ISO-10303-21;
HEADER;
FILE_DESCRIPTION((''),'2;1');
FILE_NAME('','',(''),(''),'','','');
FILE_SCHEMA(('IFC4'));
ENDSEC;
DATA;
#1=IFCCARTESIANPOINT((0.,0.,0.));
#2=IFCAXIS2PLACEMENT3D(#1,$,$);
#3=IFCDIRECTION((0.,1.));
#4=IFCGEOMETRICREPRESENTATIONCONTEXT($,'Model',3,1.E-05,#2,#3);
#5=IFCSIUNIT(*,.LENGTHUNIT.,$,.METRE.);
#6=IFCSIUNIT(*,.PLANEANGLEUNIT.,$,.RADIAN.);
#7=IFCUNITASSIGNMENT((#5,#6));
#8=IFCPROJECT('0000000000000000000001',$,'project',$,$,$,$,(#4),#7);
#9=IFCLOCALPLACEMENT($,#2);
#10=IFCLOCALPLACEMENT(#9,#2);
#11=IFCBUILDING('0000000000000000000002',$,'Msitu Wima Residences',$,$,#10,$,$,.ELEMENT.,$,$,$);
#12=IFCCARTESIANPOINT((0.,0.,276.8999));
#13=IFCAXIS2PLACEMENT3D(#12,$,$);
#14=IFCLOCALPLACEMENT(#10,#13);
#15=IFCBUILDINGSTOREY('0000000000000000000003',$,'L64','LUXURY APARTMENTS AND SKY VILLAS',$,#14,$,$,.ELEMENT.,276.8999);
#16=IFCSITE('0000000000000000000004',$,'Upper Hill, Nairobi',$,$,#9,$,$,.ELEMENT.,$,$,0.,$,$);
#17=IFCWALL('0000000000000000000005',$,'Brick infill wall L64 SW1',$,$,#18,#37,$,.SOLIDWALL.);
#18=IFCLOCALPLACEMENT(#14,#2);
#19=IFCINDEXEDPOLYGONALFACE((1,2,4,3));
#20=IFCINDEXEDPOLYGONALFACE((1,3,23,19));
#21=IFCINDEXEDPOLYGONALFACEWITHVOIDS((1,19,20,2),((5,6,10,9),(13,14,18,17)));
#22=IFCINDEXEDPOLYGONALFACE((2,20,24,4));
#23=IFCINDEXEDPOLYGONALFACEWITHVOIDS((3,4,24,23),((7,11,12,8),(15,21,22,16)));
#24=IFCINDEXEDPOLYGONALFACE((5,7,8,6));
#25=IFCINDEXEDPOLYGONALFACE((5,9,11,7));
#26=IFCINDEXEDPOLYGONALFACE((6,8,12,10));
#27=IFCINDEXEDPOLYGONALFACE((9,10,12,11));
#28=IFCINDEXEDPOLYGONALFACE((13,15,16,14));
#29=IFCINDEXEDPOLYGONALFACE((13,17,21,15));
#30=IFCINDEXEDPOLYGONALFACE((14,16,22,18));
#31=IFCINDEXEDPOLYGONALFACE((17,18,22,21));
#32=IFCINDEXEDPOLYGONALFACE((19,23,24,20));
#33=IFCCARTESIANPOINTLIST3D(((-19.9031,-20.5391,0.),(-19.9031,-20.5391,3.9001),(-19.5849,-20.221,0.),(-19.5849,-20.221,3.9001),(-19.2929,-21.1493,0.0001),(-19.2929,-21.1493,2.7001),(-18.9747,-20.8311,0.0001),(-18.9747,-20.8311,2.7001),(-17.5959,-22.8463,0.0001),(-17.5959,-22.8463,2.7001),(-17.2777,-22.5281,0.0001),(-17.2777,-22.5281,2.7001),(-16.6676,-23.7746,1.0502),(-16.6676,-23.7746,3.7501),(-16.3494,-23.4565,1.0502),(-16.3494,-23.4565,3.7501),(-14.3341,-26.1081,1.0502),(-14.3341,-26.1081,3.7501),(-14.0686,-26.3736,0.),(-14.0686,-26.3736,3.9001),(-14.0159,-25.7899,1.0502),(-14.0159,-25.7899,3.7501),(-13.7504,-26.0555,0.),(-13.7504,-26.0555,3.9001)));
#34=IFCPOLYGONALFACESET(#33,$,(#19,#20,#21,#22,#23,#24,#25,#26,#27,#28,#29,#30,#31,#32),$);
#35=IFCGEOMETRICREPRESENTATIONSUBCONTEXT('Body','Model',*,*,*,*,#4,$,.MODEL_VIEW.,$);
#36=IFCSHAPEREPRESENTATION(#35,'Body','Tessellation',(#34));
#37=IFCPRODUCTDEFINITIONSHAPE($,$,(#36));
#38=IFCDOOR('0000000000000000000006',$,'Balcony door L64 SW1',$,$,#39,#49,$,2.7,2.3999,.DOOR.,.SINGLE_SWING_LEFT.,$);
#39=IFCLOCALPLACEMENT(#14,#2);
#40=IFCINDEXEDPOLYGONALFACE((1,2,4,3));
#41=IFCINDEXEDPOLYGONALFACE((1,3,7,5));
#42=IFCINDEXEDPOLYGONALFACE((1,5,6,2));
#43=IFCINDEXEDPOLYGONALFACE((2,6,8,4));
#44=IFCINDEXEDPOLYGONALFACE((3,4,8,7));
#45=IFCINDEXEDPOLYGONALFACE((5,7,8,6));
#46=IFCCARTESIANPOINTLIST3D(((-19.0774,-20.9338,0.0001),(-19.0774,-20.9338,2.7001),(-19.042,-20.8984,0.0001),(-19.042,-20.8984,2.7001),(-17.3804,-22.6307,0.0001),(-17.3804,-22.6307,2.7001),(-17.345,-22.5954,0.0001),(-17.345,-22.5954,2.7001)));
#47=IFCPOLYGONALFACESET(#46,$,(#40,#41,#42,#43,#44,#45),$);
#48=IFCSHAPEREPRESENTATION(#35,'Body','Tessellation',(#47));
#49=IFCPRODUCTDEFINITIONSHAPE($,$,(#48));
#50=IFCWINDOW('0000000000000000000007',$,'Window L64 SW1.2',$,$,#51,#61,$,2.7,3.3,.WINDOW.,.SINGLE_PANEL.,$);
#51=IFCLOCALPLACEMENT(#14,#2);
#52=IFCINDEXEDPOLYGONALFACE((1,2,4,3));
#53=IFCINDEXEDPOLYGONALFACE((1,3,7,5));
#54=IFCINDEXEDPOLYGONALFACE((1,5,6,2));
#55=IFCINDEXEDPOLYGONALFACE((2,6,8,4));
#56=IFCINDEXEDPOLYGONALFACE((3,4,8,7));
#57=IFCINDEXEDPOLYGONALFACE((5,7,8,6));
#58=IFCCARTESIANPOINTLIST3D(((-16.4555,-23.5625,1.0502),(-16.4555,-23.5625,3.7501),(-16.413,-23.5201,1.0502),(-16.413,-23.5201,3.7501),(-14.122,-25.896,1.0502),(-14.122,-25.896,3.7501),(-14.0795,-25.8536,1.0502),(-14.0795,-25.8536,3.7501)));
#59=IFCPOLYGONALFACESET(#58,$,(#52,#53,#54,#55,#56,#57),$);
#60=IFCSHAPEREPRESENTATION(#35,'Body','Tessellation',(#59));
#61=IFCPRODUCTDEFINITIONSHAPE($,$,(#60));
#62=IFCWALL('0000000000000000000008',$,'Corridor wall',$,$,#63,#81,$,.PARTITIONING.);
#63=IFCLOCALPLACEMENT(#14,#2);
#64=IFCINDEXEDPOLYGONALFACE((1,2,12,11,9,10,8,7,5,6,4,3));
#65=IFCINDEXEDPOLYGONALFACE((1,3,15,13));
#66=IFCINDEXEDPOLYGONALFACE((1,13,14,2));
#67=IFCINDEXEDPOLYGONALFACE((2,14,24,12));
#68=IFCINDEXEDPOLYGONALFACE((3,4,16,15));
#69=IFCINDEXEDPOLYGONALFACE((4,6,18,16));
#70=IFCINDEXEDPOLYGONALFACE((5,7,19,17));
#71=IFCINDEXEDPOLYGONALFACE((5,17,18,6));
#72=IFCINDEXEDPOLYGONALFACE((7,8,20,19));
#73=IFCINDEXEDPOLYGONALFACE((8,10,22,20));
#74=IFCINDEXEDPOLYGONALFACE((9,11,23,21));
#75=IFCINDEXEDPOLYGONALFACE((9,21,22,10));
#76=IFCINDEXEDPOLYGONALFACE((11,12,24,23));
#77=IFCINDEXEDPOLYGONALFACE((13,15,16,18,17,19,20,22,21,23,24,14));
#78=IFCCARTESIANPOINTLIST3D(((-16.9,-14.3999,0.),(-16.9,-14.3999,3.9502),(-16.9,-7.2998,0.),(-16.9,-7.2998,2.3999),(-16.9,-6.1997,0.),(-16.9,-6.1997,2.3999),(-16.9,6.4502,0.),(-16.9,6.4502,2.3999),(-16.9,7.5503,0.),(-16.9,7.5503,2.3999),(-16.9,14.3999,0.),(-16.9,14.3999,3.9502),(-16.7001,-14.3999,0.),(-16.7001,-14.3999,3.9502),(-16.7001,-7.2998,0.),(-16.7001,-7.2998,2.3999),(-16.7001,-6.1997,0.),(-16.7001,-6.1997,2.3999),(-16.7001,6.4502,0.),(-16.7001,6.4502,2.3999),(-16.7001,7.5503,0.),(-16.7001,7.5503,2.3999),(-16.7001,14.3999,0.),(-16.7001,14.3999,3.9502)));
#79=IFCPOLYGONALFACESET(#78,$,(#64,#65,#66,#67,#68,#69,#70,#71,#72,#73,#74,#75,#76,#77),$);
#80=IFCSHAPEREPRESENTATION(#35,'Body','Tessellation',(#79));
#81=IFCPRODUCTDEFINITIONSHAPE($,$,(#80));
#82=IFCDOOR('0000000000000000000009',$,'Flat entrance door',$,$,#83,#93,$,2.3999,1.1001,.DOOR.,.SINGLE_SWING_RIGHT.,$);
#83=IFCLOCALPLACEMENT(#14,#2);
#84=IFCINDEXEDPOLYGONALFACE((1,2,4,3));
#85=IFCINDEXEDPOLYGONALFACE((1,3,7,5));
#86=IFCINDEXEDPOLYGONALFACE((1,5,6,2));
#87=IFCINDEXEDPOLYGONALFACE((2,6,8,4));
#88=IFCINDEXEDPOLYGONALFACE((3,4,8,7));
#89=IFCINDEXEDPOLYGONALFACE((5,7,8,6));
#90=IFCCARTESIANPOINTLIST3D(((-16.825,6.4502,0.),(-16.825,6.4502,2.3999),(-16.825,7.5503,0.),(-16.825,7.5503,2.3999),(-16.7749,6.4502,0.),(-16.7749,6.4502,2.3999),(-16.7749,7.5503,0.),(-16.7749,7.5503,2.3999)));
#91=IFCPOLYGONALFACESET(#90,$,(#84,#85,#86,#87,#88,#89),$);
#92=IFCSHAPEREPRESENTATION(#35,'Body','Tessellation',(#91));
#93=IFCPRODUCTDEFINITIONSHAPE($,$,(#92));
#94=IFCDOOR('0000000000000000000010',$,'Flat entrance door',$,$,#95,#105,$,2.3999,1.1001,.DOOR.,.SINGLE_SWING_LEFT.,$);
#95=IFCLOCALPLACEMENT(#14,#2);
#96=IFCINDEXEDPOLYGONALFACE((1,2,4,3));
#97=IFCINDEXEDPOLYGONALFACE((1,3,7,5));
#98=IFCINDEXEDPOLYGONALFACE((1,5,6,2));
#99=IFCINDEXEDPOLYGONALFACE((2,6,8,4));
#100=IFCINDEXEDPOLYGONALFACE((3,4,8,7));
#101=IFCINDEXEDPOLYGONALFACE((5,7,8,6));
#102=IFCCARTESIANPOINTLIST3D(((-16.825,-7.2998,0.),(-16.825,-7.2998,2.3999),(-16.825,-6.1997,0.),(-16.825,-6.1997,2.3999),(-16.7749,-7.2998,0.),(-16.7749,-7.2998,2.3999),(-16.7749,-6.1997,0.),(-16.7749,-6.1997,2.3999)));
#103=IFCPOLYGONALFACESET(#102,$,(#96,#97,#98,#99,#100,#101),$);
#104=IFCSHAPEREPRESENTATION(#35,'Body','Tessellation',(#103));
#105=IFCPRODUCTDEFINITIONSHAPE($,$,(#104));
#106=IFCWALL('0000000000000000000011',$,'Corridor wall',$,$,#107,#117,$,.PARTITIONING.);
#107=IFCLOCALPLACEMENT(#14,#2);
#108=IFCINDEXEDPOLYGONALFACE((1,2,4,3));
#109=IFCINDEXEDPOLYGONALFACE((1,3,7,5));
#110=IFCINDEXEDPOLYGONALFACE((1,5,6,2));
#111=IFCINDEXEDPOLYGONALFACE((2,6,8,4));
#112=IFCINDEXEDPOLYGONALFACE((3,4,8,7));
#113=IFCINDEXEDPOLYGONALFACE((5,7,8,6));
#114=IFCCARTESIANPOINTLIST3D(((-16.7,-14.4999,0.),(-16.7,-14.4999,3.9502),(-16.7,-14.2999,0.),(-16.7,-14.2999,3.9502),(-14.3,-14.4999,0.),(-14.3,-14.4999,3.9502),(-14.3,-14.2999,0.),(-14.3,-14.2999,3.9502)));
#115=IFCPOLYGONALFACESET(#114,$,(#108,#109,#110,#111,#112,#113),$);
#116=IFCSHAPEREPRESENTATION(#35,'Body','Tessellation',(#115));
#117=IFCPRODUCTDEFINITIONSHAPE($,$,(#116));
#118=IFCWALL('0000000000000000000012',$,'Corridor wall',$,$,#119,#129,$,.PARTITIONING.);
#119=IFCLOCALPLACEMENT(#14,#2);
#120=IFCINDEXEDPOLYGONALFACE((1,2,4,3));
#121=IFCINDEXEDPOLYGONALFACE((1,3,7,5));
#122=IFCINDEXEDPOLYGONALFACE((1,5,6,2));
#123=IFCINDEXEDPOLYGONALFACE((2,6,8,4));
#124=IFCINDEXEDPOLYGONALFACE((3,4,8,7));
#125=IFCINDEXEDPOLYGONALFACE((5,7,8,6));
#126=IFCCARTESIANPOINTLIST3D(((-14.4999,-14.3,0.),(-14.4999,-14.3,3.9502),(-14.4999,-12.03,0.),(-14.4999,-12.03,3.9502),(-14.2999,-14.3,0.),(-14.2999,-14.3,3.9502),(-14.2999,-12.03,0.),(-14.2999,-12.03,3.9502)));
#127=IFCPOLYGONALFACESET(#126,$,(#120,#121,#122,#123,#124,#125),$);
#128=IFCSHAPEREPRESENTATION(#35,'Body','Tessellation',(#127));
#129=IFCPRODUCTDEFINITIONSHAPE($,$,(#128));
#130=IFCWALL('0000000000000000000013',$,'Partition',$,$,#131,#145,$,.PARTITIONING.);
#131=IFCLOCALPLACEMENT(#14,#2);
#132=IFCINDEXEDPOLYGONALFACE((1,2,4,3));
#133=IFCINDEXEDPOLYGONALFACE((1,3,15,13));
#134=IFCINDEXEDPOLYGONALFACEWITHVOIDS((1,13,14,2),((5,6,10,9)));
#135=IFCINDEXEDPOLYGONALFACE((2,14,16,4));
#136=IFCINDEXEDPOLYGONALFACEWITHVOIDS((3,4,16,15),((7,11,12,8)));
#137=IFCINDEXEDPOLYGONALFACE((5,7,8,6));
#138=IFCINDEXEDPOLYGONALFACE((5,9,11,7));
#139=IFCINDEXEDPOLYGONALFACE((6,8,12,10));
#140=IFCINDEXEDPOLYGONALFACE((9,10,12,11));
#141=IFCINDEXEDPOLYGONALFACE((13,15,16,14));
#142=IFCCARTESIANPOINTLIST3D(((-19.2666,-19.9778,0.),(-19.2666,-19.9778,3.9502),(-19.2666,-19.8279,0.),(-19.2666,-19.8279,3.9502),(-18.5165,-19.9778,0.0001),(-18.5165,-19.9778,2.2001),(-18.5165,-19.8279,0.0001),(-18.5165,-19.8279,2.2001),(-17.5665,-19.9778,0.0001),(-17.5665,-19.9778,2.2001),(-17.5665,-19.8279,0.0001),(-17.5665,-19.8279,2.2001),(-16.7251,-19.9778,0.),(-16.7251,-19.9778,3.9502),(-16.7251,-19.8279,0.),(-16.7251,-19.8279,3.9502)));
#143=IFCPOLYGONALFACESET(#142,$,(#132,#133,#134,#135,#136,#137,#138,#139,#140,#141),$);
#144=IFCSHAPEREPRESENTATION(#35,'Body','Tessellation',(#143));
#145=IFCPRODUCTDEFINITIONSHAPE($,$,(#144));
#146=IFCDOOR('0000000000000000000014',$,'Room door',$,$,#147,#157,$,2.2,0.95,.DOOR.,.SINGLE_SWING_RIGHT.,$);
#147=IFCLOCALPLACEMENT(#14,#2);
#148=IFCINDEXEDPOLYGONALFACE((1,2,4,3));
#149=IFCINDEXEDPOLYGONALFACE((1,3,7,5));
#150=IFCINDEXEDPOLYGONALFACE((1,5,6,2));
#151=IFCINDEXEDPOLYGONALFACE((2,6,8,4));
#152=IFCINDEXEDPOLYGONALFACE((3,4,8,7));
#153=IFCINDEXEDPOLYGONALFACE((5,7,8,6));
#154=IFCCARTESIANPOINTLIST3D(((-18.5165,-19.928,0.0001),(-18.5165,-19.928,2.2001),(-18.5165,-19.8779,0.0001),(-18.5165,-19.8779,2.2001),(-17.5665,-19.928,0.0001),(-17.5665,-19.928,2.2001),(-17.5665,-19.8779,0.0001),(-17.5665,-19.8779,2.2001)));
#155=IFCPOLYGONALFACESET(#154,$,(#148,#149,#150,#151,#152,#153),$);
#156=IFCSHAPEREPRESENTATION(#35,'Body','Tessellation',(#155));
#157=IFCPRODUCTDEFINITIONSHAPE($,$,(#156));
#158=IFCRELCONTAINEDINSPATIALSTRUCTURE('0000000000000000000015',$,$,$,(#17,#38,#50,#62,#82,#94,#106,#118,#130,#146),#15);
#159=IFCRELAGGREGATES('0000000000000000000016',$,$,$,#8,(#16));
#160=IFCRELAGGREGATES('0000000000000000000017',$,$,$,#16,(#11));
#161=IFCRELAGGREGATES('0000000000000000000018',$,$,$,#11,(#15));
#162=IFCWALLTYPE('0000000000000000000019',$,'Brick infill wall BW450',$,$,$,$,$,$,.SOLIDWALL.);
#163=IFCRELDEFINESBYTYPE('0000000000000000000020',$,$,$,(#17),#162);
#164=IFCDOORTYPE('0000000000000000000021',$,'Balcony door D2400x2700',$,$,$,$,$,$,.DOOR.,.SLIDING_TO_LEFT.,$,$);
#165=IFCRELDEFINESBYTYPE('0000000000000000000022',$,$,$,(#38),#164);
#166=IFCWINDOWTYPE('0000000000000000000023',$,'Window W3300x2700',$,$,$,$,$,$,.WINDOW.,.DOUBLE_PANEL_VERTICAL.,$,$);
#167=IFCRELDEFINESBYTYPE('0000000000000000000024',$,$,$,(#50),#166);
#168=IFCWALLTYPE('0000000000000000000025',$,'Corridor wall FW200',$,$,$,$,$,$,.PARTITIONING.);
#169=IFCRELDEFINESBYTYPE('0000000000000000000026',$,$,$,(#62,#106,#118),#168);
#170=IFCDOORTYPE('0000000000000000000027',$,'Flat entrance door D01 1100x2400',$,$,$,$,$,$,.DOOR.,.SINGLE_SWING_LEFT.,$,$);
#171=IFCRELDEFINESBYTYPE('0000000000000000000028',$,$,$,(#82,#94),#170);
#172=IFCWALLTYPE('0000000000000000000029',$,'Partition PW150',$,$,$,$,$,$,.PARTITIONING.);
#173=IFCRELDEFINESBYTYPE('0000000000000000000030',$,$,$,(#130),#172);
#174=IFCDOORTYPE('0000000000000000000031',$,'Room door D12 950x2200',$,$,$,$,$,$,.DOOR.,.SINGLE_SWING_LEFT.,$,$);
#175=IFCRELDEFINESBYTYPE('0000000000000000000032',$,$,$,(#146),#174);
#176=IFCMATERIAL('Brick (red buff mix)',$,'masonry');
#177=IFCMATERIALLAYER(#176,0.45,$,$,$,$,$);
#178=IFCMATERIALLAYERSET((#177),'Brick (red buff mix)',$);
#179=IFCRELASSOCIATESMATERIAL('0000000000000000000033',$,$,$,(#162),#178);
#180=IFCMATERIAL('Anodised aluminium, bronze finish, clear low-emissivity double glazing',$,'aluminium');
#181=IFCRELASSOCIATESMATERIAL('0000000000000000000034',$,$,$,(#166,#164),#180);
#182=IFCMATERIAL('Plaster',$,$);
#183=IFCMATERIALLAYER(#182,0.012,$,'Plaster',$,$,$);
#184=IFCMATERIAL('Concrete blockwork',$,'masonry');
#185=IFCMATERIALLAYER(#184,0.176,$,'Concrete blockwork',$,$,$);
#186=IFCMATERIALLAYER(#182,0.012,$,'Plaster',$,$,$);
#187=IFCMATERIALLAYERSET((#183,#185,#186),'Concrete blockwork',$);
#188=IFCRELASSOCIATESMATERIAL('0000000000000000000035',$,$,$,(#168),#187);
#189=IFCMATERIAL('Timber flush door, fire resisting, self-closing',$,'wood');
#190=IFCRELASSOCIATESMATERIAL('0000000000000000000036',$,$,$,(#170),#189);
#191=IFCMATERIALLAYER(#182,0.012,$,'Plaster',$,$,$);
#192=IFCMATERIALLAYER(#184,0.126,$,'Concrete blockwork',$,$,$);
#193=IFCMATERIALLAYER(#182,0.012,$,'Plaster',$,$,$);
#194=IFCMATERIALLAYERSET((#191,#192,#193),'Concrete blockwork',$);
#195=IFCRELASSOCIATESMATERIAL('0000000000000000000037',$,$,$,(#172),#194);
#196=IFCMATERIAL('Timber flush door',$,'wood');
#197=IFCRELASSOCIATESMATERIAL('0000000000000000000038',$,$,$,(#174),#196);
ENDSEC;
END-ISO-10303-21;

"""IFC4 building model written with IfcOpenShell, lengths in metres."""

from ifc_helpers import new_model, si_unit, direction, frame, frame_2d, origin, place, context, subcontext, project, spatial, rectangle, extrude, material, layer, layer_set, type_object, element, fill, save


model = new_model("IFC4")

# Units and contexts
model_context = context("Model", 3, precision=1e-05, world=origin(), true_north=direction((0.0, 1.0)))
body_context = subcontext(model_context, "Body", "Model", "MODEL_VIEW")
ifc_project = project(units=[si_unit("LENGTHUNIT", "METRE"), si_unit("PLANEANGLEUNIT", "RADIAN")], contexts=[model_context])

# Site, building, storey
site_placement = place(None, origin())
site = spatial("IfcSite", under=ifc_project, at=site_placement, Name="Upper Hill, Nairobi", CompositionType="ELEMENT", RefElevation=0.0)
building_placement = place(site_placement, origin())
building = spatial("IfcBuilding", under=site, at=building_placement, Name="Msitu Wima Residences", CompositionType="ELEMENT")
storey_placement = place(building_placement, frame((0.0, 0.0, 276.8999)))
storey = spatial("IfcBuildingStorey", under=building, at=storey_placement, Name="L64", Description="LUXURY APARTMENTS AND SKY VILLAS", CompositionType="ELEMENT", Elevation=276.8999)

# Shared definitions
ifc_material_1 = material(Name="Brick (red buff mix)", Category="masonry")
ifc_layer_1 = layer(ifc_material_1, 0.45)
ifc_layer_set_1 = layer_set([ifc_layer_1], Name="Brick (red buff mix)")
wall_type_1 = type_object("IfcWallType", Name="Brick infill wall BW450", PredefinedType="SOLIDWALL", material=ifc_layer_set_1)
ifc_material_2 = material(Name="Anodised aluminium, bronze finish, clear low-emissivity double glazing", Category="aluminium")
window_type = type_object("IfcWindowType", Name="Window W3300x2700", PartitioningType="DOUBLE_PANEL_VERTICAL", PredefinedType="WINDOW", material=ifc_material_2)

# Wall, openings, door, window
wall_1_placement = place(storey_placement, frame((-19.7439, -20.3801, 0.0), z_axis=(0.0, 0.0, 1.0), x_axis=(0.707107, -0.707107, 0.0)))
wall_1 = element("IfcWall", 1, at=wall_1_placement, inside=storey, type_object=wall_type_1, Name="Brick infill wall L64 SW1", PredefinedType="SOLIDWALL", context=body_context, shape_type="SweptSolid", body=[
    extrude(rectangle(XDim=8.2512, YDim=0.45, at=frame_2d((4.1255, 0.0))), origin(), (0.0, 0.0, 1.0), 3.9001),
])
opening_1_placement = place(wall_1_placement, frame((0.8628, 0.0, 0.0)))
opening_1 = element("IfcOpeningElement", 2, at=opening_1_placement, cuts=wall_1, PredefinedType="OPENING", context=body_context, shape_type="SweptSolid", body=[
    extrude(rectangle(XDim=2.3999, YDim=2.7, at=frame_2d((1.2, 1.3501))), frame((0.0, 0.2349, 0.0), z_axis=(0.0, -1.0, 0.0), x_axis=(1.0, 0.0, 0.0)), (0.0, 0.0, 1.0), 0.47),
])
opening_2_placement = place(wall_1_placement, frame((4.5757, 0.0, 1.05)))
opening_2 = element("IfcOpeningElement", 3, at=opening_2_placement, cuts=wall_1, PredefinedType="OPENING", context=body_context, shape_type="SweptSolid", body=[
    extrude(rectangle(XDim=3.3, YDim=2.7, at=frame_2d((1.6499, 1.3501))), frame((0.0, 0.2349, 0.0), z_axis=(0.0, -1.0, 0.0), x_axis=(1.0, 0.0, 0.0)), (0.0, 0.0, 1.0), 0.47),
])
door_type_1 = type_object("IfcDoorType", Name="Balcony door D2400x2700", OperationType="SLIDING_TO_LEFT", PredefinedType="DOOR", material=ifc_material_2)
door_1_placement = place(opening_1_placement, origin())
door_1 = element("IfcDoor", 4, at=door_1_placement, inside=storey, type_object=door_type_1, Name="Balcony door L64 SW1", OperationType="SINGLE_SWING_LEFT", OverallHeight=2.7, OverallWidth=2.3999, PredefinedType="DOOR", context=body_context, shape_type="SweptSolid", body=[
    extrude(rectangle(XDim=2.3999, YDim=2.7, at=frame_2d((1.2, 1.3501))), frame((0.0, 0.1299, 0.0), z_axis=(0.0, -1.0, 0.0), x_axis=(1.0, 0.0, 0.0)), (0.0, 0.0, 1.0), 0.05),
])
fill(opening_1, door_1)
window_1_placement = place(opening_2_placement, origin())
window_1 = element("IfcWindow", 5, at=window_1_placement, inside=storey, type_object=window_type, Name="Window L64 SW1.2", OverallHeight=2.7, OverallWidth=3.3, PartitioningType="SINGLE_PANEL", PredefinedType="WINDOW", context=body_context, shape_type="SweptSolid", body=[
    extrude(rectangle(XDim=3.3, YDim=2.7, at=frame_2d((1.6499, 1.3501))), frame((0.0, 0.135, 0.0), z_axis=(0.0, -1.0, 0.0), x_axis=(1.0, 0.0, 0.0)), (0.0, 0.0, 1.0), 0.0601),
])
fill(opening_2, window_1)

# Wall, openings, doors
ifc_material_3 = material(Name="Plaster")
ifc_layer_2 = layer(ifc_material_3, 0.012, Name="Plaster")
ifc_material_4 = material(Name="Concrete blockwork", Category="masonry")
ifc_layer_3 = layer(ifc_material_4, 0.176, Name="Concrete blockwork")
ifc_layer_4 = layer(ifc_material_3, 0.012, Name="Plaster")
ifc_layer_set_2 = layer_set([ifc_layer_2, ifc_layer_3, ifc_layer_4], Name="Concrete blockwork")
wall_type_2 = type_object("IfcWallType", Name="Corridor wall FW200", PredefinedType="PARTITIONING", material=ifc_layer_set_2)
wall_2_placement = place(storey_placement, frame((-16.8, -14.3999, 0.0), z_axis=(0.0, 0.0, 1.0), x_axis=(0.0, 1.0, 0.0)))
wall_2 = element("IfcWall", 6, at=wall_2_placement, inside=storey, type_object=wall_type_2, Name="Corridor wall", PredefinedType="PARTITIONING", context=body_context, shape_type="SweptSolid", body=[
    extrude(rectangle(XDim=28.7998, YDim=0.2, at=frame_2d((14.3999, 0.0))), origin(), (0.0, 0.0, 1.0), 3.9502),
])
opening_3_placement = place(wall_2_placement, frame((20.8501, 0.0, 0.0)))
opening_3 = element("IfcOpeningElement", 7, at=opening_3_placement, cuts=wall_2, PredefinedType="OPENING", context=body_context, shape_type="SweptSolid", body=[
    extrude(rectangle(XDim=1.1001, YDim=2.3999, at=frame_2d((0.55, 1.2))), frame((0.0, 0.1099, 0.0), z_axis=(0.0, -1.0, 0.0), x_axis=(1.0, 0.0, 0.0)), (0.0, 0.0, 1.0), 0.22),
])
opening_4_placement = place(wall_2_placement, frame((7.1001, 0.0, 0.0)))
opening_4 = element("IfcOpeningElement", 8, at=opening_4_placement, cuts=wall_2, PredefinedType="OPENING", context=body_context, shape_type="SweptSolid", body=[
    extrude(rectangle(XDim=1.1001, YDim=2.3999, at=frame_2d((0.55, 1.2))), frame((0.0, 0.1099, 0.0), z_axis=(0.0, -1.0, 0.0), x_axis=(1.0, 0.0, 0.0)), (0.0, 0.0, 1.0), 0.22),
])
ifc_material_5 = material(Name="Timber flush door, fire resisting, self-closing", Category="wood")
door_type_2 = type_object("IfcDoorType", Name="Flat entrance door D01 1100x2400", OperationType="SINGLE_SWING_LEFT", PredefinedType="DOOR", material=ifc_material_5)
door_2_placement = place(opening_3_placement, origin())
door_2 = element("IfcDoor", 9, at=door_2_placement, inside=storey, type_object=door_type_2, Name="Flat entrance door", OperationType="SINGLE_SWING_RIGHT", OverallHeight=2.3999, OverallWidth=1.1001, PredefinedType="DOOR", context=body_context, shape_type="SweptSolid", body=[
    extrude(rectangle(XDim=1.1001, YDim=2.3999, at=frame_2d((0.55, 1.2))), frame((0.0, 0.0249, 0.0), z_axis=(0.0, -1.0, 0.0), x_axis=(1.0, 0.0, 0.0)), (0.0, 0.0, 1.0), 0.05),
])
fill(opening_3, door_2)
door_3_placement = place(opening_4_placement, origin())
door_3 = element("IfcDoor", 10, at=door_3_placement, inside=storey, type_object=door_type_2, Name="Flat entrance door", OperationType="SINGLE_SWING_LEFT", OverallHeight=2.3999, OverallWidth=1.1001, PredefinedType="DOOR", context=body_context, shape_type="SweptSolid", body=[
    extrude(rectangle(XDim=1.1001, YDim=2.3999, at=frame_2d((0.55, 1.2))), frame((0.0, 0.0249, 0.0), z_axis=(0.0, -1.0, 0.0), x_axis=(1.0, 0.0, 0.0)), (0.0, 0.0, 1.0), 0.05),
])
fill(opening_4, door_3)

# Walls
wall_3_placement = place(storey_placement, frame((-16.7, -14.3999, 0.0), z_axis=(0.0, 0.0, 1.0), x_axis=(1.0, 0.0, 0.0)))
element("IfcWall", 11, at=wall_3_placement, inside=storey, type_object=wall_type_2, Name="Corridor wall", PredefinedType="PARTITIONING", context=body_context, shape_type="SweptSolid", body=[
    extrude(rectangle(XDim=2.3999, YDim=0.2, at=frame_2d((1.2, 0.0))), origin(), (0.0, 0.0, 1.0), 3.9502),
])
wall_4_placement = place(storey_placement, frame((-14.3999, -14.3, 0.0), z_axis=(0.0, 0.0, 1.0), x_axis=(0.0, 1.0, 0.0)))
element("IfcWall", 12, at=wall_4_placement, inside=storey, type_object=wall_type_2, Name="Corridor wall", PredefinedType="PARTITIONING", context=body_context, shape_type="SweptSolid", body=[
    extrude(rectangle(XDim=2.27, YDim=0.2, at=frame_2d((1.135, 0.0))), origin(), (0.0, 0.0, 1.0), 3.9502),
])

# Wall, opening, door
ifc_layer_5 = layer(ifc_material_3, 0.012, Name="Plaster")
ifc_layer_6 = layer(ifc_material_4, 0.126, Name="Concrete blockwork")
ifc_layer_7 = layer(ifc_material_3, 0.012, Name="Plaster")
ifc_layer_set_3 = layer_set([ifc_layer_5, ifc_layer_6, ifc_layer_7], Name="Concrete blockwork")
wall_type_3 = type_object("IfcWallType", Name="Partition PW150", PredefinedType="PARTITIONING", material=ifc_layer_set_3)
wall_5_placement = place(storey_placement, frame((-19.2666, -19.9028, 0.0), z_axis=(0.0, 0.0, 1.0), x_axis=(1.0, 0.0, 0.0)))
wall_5 = element("IfcWall", 13, at=wall_5_placement, inside=storey, type_object=wall_type_3, Name="Partition", PredefinedType="PARTITIONING", context=body_context, shape_type="SweptSolid", body=[
    extrude(rectangle(XDim=2.5415, YDim=0.1499, at=frame_2d((1.2708, 0.0))), origin(), (0.0, 0.0, 1.0), 3.9502),
])
opening_5_placement = place(wall_5_placement, frame((0.75, 0.0, 0.0)))
opening_5 = element("IfcOpeningElement", 14, at=opening_5_placement, cuts=wall_5, PredefinedType="OPENING", context=body_context, shape_type="SweptSolid", body=[
    extrude(rectangle(XDim=0.95, YDim=2.2, at=frame_2d((0.4751, 1.1001))), frame((0.0, 0.085, 0.0), z_axis=(0.0, -1.0, 0.0), x_axis=(1.0, 0.0, 0.0)), (0.0, 0.0, 1.0), 0.1699),
])
ifc_material_6 = material(Name="Timber flush door", Category="wood")
door_type_3 = type_object("IfcDoorType", Name="Room door D12 950x2200", OperationType="SINGLE_SWING_LEFT", PredefinedType="DOOR", material=ifc_material_6)
door_4_placement = place(opening_5_placement, origin())
door_4 = element("IfcDoor", 15, at=door_4_placement, inside=storey, type_object=door_type_3, Name="Room door", OperationType="SINGLE_SWING_RIGHT", OverallHeight=2.2, OverallWidth=0.95, PredefinedType="DOOR", context=body_context, shape_type="SweptSolid", body=[
    extrude(rectangle(XDim=0.95, YDim=2.2, at=frame_2d((0.4751, 1.1001))), frame((0.0, 0.0249, 0.0), z_axis=(0.0, -1.0, 0.0), x_axis=(1.0, 0.0, 0.0)), (0.0, 0.0, 1.0), 0.05),
])
fill(opening_5, door_4)

save(model, "model.ifc")
